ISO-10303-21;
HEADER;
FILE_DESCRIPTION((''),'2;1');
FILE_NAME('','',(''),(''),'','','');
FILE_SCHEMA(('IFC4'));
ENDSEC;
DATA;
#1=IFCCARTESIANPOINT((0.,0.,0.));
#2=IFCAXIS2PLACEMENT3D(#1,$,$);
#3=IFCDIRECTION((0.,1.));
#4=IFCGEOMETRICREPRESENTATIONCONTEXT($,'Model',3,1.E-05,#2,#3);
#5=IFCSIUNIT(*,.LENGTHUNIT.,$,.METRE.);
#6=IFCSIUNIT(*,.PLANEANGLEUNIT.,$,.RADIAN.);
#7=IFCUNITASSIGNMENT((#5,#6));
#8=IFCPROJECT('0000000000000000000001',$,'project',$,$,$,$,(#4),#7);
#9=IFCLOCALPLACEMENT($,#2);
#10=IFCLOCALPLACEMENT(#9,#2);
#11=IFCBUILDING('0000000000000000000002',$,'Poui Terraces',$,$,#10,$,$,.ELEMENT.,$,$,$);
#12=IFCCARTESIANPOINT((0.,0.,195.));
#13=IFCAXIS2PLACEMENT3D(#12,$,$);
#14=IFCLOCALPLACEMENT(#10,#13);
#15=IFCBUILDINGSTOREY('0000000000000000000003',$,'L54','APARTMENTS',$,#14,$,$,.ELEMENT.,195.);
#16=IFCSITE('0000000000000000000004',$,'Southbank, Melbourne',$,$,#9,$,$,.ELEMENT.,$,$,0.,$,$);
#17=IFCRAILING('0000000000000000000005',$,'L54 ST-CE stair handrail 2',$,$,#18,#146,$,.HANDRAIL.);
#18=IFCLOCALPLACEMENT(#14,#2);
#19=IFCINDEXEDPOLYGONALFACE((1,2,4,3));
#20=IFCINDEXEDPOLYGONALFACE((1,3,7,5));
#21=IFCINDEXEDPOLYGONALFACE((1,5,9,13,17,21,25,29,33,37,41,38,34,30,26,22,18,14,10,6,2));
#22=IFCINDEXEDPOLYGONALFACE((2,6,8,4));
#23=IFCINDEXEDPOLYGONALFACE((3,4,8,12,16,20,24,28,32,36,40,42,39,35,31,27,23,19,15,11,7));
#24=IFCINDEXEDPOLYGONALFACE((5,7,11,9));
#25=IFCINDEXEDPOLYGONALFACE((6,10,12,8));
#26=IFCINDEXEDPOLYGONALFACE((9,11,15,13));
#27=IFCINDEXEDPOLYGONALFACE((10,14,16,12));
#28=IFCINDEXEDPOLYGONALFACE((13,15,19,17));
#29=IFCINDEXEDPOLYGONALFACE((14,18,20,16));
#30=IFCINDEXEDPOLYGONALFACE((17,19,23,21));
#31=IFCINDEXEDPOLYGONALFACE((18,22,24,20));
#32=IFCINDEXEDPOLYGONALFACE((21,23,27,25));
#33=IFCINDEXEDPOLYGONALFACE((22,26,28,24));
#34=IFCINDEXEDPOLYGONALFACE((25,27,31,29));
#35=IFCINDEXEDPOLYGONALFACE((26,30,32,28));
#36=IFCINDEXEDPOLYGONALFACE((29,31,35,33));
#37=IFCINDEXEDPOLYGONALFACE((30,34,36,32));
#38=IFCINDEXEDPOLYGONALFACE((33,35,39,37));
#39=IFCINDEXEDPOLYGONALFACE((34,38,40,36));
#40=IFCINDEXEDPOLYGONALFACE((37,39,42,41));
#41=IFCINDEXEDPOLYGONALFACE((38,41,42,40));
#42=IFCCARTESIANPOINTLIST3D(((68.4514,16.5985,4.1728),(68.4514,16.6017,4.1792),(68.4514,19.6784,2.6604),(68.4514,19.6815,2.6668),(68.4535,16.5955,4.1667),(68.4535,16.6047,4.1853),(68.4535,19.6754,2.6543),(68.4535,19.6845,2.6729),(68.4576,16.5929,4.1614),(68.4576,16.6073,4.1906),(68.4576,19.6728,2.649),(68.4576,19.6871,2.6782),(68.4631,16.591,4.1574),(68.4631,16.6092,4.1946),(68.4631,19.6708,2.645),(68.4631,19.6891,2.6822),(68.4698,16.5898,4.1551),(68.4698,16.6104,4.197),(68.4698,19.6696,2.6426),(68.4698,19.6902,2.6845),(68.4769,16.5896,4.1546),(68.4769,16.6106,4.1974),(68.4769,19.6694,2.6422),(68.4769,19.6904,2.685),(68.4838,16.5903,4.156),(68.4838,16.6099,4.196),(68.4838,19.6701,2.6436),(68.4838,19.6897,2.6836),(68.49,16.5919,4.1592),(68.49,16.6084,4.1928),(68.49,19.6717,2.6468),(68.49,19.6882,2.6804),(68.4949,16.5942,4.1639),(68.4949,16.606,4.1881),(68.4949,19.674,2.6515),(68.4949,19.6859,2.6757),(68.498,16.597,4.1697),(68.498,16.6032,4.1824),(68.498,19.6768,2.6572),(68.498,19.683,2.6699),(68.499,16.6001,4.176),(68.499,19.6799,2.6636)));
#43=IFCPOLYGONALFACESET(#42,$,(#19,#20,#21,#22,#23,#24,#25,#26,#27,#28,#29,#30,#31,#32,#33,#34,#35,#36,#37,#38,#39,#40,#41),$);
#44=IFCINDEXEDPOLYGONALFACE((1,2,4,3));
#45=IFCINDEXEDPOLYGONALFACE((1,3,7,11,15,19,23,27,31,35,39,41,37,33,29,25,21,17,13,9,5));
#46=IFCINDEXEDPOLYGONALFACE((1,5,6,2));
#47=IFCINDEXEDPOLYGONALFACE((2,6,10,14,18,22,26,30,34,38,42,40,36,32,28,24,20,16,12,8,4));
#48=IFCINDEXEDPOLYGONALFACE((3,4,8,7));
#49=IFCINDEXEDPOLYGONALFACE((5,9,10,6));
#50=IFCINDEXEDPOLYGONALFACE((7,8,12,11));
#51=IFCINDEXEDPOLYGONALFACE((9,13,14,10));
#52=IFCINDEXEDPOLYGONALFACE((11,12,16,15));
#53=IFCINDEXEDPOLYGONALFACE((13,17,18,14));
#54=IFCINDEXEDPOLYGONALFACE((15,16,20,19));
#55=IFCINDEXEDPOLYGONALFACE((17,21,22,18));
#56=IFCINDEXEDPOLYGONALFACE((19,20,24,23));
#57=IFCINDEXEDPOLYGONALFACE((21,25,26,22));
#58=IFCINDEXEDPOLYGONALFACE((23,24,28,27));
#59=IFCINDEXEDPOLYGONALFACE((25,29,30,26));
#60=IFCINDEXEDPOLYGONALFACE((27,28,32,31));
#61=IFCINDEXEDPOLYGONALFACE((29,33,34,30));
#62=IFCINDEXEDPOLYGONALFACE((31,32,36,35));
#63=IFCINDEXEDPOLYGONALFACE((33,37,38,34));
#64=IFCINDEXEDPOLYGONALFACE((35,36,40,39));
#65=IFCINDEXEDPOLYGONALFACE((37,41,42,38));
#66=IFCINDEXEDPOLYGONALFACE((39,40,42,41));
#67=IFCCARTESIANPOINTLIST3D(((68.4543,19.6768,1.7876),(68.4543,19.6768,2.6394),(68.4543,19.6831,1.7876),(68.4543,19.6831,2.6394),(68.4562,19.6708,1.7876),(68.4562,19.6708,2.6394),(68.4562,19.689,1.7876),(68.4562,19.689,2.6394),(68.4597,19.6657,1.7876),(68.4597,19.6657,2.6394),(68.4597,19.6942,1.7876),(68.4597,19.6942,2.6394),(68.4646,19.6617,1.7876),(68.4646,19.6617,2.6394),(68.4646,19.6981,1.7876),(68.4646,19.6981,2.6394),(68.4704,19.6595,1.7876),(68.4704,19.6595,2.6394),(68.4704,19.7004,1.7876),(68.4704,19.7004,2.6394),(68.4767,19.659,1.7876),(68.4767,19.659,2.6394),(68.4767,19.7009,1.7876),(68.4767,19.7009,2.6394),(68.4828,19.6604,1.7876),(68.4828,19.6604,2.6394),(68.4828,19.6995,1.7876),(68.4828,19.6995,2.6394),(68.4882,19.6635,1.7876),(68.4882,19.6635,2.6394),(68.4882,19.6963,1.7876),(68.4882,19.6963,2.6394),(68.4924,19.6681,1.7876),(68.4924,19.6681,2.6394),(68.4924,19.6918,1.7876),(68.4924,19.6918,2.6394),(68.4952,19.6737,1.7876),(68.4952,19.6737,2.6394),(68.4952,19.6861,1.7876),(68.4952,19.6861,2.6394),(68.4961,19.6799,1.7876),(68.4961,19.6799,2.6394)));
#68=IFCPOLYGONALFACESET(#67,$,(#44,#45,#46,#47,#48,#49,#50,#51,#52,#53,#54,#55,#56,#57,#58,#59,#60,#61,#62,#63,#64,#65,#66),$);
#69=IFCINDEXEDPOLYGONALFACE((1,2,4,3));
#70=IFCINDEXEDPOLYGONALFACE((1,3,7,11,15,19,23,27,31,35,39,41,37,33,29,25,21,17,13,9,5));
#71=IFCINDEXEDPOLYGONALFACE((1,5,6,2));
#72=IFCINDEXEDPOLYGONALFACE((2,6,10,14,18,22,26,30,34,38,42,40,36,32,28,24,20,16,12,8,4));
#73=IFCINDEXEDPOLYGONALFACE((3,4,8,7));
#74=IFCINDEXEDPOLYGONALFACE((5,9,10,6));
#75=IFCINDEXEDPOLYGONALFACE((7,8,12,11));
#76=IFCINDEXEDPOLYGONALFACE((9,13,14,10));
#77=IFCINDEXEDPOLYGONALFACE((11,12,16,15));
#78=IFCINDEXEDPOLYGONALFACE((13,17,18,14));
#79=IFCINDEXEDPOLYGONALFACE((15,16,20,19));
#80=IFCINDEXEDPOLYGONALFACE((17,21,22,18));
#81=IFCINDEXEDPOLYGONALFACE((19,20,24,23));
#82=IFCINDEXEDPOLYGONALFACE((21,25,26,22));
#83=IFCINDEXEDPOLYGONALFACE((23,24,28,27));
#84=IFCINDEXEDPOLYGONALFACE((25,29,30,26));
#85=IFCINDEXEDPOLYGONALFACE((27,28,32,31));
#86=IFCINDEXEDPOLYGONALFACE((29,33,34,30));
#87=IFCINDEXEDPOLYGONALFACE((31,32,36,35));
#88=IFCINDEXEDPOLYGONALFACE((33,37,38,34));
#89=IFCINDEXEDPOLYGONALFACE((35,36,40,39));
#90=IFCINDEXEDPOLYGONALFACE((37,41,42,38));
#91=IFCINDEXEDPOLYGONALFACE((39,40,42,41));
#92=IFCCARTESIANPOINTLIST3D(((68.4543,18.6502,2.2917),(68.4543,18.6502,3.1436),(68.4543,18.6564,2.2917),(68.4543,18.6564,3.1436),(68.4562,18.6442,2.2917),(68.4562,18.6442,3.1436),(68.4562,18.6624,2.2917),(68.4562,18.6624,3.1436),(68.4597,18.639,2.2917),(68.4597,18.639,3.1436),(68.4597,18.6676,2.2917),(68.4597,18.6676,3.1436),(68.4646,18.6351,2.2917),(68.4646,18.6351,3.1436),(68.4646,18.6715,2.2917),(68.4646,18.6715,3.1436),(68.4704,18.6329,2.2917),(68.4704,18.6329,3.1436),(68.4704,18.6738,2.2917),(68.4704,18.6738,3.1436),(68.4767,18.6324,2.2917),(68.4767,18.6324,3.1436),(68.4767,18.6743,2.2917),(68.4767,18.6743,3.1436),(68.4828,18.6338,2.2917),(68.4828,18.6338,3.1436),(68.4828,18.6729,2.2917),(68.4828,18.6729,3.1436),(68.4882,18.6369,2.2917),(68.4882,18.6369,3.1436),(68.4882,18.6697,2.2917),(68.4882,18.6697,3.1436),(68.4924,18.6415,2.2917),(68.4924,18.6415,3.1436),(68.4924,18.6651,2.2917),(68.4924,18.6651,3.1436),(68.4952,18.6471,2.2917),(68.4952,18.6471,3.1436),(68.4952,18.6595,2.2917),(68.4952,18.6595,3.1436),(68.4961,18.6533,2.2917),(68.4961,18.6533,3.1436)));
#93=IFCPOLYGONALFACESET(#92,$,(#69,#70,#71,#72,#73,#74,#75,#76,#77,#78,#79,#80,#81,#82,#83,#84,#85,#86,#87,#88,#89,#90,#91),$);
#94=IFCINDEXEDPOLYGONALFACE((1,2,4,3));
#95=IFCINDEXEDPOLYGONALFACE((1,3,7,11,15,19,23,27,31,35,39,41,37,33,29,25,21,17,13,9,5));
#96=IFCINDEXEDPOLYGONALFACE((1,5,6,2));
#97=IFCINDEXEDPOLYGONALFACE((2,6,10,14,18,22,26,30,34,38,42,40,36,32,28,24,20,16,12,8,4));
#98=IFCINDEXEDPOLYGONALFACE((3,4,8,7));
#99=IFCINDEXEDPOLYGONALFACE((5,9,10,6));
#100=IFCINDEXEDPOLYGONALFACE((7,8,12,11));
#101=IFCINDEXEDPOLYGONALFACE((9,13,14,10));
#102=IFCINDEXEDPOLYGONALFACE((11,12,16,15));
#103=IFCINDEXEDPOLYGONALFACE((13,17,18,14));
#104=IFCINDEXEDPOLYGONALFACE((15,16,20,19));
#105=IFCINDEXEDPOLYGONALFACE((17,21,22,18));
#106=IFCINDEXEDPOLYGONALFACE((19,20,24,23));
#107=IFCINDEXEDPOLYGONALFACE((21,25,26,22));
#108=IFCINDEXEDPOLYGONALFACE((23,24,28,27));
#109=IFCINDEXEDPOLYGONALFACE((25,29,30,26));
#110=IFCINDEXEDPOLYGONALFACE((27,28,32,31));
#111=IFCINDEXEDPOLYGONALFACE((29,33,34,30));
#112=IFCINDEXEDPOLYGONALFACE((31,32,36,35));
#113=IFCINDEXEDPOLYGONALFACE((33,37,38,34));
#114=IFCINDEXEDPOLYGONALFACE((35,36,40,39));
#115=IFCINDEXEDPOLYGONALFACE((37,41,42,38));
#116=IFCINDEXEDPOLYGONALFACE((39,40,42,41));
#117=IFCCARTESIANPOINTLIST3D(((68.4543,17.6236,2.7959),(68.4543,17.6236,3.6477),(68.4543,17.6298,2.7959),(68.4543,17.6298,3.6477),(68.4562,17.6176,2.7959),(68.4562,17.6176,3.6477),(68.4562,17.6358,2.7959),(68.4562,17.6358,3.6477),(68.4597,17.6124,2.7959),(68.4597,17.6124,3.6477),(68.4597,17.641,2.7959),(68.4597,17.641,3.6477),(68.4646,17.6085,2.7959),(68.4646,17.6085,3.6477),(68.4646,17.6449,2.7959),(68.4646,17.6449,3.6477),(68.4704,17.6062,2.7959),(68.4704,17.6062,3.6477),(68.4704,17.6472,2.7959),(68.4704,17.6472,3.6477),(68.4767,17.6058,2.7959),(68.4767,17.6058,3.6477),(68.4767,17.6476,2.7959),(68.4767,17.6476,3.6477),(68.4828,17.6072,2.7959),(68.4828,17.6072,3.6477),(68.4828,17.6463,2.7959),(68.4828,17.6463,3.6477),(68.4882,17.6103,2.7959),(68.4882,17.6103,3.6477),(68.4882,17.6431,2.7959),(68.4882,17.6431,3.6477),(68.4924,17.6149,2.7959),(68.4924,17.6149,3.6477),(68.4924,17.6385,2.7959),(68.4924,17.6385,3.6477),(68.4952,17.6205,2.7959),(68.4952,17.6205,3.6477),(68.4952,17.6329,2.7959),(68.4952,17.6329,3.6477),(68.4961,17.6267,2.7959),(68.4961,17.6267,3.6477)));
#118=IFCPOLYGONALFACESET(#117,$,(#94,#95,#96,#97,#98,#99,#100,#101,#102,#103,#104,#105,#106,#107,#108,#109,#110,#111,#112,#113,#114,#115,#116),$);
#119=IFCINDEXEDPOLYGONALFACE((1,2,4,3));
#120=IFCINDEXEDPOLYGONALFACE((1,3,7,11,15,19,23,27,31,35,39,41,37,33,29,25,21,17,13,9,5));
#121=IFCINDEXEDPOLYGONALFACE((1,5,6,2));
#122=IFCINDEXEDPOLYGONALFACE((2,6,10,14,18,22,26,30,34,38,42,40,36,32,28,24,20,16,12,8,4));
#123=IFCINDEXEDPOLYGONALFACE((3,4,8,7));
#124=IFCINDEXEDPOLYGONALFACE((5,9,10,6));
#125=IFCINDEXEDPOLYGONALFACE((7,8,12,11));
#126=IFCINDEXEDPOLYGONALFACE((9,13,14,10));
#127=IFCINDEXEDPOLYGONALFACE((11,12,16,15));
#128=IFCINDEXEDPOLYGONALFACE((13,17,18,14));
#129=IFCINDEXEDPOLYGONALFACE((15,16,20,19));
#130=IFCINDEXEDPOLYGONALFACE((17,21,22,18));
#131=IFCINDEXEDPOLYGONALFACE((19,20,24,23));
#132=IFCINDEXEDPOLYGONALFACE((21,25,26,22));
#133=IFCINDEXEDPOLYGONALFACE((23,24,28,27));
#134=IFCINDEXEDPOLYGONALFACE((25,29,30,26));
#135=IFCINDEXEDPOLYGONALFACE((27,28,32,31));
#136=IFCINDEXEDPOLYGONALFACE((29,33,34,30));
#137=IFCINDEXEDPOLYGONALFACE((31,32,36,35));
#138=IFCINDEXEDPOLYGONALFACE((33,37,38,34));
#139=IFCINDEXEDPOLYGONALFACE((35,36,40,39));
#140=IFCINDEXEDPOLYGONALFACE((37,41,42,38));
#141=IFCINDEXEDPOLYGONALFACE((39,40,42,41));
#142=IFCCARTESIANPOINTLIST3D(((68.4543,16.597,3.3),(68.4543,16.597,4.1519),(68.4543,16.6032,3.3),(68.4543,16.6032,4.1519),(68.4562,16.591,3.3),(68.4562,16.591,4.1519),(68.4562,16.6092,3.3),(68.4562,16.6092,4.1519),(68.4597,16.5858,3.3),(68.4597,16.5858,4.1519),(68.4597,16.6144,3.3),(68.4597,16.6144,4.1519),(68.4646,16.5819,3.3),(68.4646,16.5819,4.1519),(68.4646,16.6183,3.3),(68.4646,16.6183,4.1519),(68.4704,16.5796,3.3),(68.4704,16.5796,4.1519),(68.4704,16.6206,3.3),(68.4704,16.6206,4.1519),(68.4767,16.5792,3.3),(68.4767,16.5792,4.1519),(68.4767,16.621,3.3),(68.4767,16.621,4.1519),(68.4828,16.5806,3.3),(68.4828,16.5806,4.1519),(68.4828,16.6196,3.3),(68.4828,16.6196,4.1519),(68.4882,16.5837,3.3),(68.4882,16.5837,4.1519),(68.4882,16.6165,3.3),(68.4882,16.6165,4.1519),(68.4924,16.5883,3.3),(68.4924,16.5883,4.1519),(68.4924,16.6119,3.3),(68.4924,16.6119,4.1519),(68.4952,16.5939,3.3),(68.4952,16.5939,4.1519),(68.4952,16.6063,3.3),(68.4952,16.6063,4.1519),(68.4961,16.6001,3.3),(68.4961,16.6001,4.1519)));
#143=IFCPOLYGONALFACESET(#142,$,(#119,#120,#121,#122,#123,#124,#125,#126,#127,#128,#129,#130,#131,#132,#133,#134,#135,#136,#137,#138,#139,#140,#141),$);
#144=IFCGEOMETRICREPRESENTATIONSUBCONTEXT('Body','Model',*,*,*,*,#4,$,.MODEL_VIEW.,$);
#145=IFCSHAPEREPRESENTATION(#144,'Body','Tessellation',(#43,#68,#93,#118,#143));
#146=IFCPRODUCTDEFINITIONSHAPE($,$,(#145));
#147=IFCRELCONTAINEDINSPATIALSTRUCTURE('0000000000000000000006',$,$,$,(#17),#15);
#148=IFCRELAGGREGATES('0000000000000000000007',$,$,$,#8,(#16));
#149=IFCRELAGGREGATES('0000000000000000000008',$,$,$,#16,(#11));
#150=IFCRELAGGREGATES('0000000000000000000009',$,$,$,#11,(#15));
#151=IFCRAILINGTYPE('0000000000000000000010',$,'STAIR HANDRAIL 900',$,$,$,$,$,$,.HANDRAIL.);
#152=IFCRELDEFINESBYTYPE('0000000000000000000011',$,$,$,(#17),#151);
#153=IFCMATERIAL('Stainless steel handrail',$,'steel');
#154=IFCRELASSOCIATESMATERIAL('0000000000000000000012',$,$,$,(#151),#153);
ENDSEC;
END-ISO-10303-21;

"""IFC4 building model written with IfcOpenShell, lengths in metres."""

from ifc_helpers import new_model, si_unit, direction, frame, origin, origin_2d, place, context, subcontext, project, spatial, circle, extrude, material, type_object, element, save


model = new_model("IFC4")

# Units and contexts
model_context = context("Model", 3, precision=1e-05, world=origin(), true_north=direction((0.0, 1.0)))
body_context = subcontext(model_context, "Body", "Model", "MODEL_VIEW")
ifc_project = project(units=[si_unit("LENGTHUNIT", "METRE"), si_unit("PLANEANGLEUNIT", "RADIAN")], contexts=[model_context])

# Site, building, storey
site_placement = place(None, origin())
site = spatial("IfcSite", under=ifc_project, at=site_placement, Name="Southbank, Melbourne", CompositionType="ELEMENT", RefElevation=0.0)
building_placement = place(site_placement, origin())
building = spatial("IfcBuilding", under=site, at=building_placement, Name="Poui Terraces", CompositionType="ELEMENT")
storey_placement = place(building_placement, frame((0.0, 0.0, 195.0)))
storey = spatial("IfcBuildingStorey", under=building, at=storey_placement, Name="L54", Description="APARTMENTS", CompositionType="ELEMENT", Elevation=195.0)

# Railing
ifc_material_1 = material(Name="Stainless steel handrail", Category="steel")
railing_type_1 = type_object("IfcRailingType", Name="STAIR HANDRAIL 900", PredefinedType="HANDRAIL", material=ifc_material_1)
railing_1_placement = place(storey_placement, frame((68.4751, 19.6799, 1.7876)))
element("IfcRailing", 1, at=railing_1_placement, inside=storey, type_object=railing_type_1, Name="L54 ST-CE stair handrail 2", PredefinedType="HANDRAIL", context=body_context, shape_type="SweptSolid", body=[
    extrude(circle(Radius=0.0239, at=origin_2d()), frame((0.0, 0.0, 0.876), z_axis=(0.0, -0.897606, 0.440798), x_axis=(1.0, 0.0, 0.0)), (0.0, 0.0, 1.0), 3.4312),
    extrude(circle(Radius=0.021, at=origin_2d()), origin(), (0.0, 0.0, 1.0), 0.8518),
    extrude(circle(Radius=0.021, at=origin_2d()), frame((0.0, -1.0266, 0.5042)), (0.0, 0.0, 1.0), 0.8518),
    extrude(circle(Radius=0.021, at=origin_2d()), frame((0.0, -2.0532, 1.0083)), (0.0, 0.0, 1.0), 0.8518),
    extrude(circle(Radius=0.021, at=origin_2d()), frame((0.0, -3.0798, 1.5125)), (0.0, 0.0, 1.0), 0.8518),
])

save(model, "model.ifc")
